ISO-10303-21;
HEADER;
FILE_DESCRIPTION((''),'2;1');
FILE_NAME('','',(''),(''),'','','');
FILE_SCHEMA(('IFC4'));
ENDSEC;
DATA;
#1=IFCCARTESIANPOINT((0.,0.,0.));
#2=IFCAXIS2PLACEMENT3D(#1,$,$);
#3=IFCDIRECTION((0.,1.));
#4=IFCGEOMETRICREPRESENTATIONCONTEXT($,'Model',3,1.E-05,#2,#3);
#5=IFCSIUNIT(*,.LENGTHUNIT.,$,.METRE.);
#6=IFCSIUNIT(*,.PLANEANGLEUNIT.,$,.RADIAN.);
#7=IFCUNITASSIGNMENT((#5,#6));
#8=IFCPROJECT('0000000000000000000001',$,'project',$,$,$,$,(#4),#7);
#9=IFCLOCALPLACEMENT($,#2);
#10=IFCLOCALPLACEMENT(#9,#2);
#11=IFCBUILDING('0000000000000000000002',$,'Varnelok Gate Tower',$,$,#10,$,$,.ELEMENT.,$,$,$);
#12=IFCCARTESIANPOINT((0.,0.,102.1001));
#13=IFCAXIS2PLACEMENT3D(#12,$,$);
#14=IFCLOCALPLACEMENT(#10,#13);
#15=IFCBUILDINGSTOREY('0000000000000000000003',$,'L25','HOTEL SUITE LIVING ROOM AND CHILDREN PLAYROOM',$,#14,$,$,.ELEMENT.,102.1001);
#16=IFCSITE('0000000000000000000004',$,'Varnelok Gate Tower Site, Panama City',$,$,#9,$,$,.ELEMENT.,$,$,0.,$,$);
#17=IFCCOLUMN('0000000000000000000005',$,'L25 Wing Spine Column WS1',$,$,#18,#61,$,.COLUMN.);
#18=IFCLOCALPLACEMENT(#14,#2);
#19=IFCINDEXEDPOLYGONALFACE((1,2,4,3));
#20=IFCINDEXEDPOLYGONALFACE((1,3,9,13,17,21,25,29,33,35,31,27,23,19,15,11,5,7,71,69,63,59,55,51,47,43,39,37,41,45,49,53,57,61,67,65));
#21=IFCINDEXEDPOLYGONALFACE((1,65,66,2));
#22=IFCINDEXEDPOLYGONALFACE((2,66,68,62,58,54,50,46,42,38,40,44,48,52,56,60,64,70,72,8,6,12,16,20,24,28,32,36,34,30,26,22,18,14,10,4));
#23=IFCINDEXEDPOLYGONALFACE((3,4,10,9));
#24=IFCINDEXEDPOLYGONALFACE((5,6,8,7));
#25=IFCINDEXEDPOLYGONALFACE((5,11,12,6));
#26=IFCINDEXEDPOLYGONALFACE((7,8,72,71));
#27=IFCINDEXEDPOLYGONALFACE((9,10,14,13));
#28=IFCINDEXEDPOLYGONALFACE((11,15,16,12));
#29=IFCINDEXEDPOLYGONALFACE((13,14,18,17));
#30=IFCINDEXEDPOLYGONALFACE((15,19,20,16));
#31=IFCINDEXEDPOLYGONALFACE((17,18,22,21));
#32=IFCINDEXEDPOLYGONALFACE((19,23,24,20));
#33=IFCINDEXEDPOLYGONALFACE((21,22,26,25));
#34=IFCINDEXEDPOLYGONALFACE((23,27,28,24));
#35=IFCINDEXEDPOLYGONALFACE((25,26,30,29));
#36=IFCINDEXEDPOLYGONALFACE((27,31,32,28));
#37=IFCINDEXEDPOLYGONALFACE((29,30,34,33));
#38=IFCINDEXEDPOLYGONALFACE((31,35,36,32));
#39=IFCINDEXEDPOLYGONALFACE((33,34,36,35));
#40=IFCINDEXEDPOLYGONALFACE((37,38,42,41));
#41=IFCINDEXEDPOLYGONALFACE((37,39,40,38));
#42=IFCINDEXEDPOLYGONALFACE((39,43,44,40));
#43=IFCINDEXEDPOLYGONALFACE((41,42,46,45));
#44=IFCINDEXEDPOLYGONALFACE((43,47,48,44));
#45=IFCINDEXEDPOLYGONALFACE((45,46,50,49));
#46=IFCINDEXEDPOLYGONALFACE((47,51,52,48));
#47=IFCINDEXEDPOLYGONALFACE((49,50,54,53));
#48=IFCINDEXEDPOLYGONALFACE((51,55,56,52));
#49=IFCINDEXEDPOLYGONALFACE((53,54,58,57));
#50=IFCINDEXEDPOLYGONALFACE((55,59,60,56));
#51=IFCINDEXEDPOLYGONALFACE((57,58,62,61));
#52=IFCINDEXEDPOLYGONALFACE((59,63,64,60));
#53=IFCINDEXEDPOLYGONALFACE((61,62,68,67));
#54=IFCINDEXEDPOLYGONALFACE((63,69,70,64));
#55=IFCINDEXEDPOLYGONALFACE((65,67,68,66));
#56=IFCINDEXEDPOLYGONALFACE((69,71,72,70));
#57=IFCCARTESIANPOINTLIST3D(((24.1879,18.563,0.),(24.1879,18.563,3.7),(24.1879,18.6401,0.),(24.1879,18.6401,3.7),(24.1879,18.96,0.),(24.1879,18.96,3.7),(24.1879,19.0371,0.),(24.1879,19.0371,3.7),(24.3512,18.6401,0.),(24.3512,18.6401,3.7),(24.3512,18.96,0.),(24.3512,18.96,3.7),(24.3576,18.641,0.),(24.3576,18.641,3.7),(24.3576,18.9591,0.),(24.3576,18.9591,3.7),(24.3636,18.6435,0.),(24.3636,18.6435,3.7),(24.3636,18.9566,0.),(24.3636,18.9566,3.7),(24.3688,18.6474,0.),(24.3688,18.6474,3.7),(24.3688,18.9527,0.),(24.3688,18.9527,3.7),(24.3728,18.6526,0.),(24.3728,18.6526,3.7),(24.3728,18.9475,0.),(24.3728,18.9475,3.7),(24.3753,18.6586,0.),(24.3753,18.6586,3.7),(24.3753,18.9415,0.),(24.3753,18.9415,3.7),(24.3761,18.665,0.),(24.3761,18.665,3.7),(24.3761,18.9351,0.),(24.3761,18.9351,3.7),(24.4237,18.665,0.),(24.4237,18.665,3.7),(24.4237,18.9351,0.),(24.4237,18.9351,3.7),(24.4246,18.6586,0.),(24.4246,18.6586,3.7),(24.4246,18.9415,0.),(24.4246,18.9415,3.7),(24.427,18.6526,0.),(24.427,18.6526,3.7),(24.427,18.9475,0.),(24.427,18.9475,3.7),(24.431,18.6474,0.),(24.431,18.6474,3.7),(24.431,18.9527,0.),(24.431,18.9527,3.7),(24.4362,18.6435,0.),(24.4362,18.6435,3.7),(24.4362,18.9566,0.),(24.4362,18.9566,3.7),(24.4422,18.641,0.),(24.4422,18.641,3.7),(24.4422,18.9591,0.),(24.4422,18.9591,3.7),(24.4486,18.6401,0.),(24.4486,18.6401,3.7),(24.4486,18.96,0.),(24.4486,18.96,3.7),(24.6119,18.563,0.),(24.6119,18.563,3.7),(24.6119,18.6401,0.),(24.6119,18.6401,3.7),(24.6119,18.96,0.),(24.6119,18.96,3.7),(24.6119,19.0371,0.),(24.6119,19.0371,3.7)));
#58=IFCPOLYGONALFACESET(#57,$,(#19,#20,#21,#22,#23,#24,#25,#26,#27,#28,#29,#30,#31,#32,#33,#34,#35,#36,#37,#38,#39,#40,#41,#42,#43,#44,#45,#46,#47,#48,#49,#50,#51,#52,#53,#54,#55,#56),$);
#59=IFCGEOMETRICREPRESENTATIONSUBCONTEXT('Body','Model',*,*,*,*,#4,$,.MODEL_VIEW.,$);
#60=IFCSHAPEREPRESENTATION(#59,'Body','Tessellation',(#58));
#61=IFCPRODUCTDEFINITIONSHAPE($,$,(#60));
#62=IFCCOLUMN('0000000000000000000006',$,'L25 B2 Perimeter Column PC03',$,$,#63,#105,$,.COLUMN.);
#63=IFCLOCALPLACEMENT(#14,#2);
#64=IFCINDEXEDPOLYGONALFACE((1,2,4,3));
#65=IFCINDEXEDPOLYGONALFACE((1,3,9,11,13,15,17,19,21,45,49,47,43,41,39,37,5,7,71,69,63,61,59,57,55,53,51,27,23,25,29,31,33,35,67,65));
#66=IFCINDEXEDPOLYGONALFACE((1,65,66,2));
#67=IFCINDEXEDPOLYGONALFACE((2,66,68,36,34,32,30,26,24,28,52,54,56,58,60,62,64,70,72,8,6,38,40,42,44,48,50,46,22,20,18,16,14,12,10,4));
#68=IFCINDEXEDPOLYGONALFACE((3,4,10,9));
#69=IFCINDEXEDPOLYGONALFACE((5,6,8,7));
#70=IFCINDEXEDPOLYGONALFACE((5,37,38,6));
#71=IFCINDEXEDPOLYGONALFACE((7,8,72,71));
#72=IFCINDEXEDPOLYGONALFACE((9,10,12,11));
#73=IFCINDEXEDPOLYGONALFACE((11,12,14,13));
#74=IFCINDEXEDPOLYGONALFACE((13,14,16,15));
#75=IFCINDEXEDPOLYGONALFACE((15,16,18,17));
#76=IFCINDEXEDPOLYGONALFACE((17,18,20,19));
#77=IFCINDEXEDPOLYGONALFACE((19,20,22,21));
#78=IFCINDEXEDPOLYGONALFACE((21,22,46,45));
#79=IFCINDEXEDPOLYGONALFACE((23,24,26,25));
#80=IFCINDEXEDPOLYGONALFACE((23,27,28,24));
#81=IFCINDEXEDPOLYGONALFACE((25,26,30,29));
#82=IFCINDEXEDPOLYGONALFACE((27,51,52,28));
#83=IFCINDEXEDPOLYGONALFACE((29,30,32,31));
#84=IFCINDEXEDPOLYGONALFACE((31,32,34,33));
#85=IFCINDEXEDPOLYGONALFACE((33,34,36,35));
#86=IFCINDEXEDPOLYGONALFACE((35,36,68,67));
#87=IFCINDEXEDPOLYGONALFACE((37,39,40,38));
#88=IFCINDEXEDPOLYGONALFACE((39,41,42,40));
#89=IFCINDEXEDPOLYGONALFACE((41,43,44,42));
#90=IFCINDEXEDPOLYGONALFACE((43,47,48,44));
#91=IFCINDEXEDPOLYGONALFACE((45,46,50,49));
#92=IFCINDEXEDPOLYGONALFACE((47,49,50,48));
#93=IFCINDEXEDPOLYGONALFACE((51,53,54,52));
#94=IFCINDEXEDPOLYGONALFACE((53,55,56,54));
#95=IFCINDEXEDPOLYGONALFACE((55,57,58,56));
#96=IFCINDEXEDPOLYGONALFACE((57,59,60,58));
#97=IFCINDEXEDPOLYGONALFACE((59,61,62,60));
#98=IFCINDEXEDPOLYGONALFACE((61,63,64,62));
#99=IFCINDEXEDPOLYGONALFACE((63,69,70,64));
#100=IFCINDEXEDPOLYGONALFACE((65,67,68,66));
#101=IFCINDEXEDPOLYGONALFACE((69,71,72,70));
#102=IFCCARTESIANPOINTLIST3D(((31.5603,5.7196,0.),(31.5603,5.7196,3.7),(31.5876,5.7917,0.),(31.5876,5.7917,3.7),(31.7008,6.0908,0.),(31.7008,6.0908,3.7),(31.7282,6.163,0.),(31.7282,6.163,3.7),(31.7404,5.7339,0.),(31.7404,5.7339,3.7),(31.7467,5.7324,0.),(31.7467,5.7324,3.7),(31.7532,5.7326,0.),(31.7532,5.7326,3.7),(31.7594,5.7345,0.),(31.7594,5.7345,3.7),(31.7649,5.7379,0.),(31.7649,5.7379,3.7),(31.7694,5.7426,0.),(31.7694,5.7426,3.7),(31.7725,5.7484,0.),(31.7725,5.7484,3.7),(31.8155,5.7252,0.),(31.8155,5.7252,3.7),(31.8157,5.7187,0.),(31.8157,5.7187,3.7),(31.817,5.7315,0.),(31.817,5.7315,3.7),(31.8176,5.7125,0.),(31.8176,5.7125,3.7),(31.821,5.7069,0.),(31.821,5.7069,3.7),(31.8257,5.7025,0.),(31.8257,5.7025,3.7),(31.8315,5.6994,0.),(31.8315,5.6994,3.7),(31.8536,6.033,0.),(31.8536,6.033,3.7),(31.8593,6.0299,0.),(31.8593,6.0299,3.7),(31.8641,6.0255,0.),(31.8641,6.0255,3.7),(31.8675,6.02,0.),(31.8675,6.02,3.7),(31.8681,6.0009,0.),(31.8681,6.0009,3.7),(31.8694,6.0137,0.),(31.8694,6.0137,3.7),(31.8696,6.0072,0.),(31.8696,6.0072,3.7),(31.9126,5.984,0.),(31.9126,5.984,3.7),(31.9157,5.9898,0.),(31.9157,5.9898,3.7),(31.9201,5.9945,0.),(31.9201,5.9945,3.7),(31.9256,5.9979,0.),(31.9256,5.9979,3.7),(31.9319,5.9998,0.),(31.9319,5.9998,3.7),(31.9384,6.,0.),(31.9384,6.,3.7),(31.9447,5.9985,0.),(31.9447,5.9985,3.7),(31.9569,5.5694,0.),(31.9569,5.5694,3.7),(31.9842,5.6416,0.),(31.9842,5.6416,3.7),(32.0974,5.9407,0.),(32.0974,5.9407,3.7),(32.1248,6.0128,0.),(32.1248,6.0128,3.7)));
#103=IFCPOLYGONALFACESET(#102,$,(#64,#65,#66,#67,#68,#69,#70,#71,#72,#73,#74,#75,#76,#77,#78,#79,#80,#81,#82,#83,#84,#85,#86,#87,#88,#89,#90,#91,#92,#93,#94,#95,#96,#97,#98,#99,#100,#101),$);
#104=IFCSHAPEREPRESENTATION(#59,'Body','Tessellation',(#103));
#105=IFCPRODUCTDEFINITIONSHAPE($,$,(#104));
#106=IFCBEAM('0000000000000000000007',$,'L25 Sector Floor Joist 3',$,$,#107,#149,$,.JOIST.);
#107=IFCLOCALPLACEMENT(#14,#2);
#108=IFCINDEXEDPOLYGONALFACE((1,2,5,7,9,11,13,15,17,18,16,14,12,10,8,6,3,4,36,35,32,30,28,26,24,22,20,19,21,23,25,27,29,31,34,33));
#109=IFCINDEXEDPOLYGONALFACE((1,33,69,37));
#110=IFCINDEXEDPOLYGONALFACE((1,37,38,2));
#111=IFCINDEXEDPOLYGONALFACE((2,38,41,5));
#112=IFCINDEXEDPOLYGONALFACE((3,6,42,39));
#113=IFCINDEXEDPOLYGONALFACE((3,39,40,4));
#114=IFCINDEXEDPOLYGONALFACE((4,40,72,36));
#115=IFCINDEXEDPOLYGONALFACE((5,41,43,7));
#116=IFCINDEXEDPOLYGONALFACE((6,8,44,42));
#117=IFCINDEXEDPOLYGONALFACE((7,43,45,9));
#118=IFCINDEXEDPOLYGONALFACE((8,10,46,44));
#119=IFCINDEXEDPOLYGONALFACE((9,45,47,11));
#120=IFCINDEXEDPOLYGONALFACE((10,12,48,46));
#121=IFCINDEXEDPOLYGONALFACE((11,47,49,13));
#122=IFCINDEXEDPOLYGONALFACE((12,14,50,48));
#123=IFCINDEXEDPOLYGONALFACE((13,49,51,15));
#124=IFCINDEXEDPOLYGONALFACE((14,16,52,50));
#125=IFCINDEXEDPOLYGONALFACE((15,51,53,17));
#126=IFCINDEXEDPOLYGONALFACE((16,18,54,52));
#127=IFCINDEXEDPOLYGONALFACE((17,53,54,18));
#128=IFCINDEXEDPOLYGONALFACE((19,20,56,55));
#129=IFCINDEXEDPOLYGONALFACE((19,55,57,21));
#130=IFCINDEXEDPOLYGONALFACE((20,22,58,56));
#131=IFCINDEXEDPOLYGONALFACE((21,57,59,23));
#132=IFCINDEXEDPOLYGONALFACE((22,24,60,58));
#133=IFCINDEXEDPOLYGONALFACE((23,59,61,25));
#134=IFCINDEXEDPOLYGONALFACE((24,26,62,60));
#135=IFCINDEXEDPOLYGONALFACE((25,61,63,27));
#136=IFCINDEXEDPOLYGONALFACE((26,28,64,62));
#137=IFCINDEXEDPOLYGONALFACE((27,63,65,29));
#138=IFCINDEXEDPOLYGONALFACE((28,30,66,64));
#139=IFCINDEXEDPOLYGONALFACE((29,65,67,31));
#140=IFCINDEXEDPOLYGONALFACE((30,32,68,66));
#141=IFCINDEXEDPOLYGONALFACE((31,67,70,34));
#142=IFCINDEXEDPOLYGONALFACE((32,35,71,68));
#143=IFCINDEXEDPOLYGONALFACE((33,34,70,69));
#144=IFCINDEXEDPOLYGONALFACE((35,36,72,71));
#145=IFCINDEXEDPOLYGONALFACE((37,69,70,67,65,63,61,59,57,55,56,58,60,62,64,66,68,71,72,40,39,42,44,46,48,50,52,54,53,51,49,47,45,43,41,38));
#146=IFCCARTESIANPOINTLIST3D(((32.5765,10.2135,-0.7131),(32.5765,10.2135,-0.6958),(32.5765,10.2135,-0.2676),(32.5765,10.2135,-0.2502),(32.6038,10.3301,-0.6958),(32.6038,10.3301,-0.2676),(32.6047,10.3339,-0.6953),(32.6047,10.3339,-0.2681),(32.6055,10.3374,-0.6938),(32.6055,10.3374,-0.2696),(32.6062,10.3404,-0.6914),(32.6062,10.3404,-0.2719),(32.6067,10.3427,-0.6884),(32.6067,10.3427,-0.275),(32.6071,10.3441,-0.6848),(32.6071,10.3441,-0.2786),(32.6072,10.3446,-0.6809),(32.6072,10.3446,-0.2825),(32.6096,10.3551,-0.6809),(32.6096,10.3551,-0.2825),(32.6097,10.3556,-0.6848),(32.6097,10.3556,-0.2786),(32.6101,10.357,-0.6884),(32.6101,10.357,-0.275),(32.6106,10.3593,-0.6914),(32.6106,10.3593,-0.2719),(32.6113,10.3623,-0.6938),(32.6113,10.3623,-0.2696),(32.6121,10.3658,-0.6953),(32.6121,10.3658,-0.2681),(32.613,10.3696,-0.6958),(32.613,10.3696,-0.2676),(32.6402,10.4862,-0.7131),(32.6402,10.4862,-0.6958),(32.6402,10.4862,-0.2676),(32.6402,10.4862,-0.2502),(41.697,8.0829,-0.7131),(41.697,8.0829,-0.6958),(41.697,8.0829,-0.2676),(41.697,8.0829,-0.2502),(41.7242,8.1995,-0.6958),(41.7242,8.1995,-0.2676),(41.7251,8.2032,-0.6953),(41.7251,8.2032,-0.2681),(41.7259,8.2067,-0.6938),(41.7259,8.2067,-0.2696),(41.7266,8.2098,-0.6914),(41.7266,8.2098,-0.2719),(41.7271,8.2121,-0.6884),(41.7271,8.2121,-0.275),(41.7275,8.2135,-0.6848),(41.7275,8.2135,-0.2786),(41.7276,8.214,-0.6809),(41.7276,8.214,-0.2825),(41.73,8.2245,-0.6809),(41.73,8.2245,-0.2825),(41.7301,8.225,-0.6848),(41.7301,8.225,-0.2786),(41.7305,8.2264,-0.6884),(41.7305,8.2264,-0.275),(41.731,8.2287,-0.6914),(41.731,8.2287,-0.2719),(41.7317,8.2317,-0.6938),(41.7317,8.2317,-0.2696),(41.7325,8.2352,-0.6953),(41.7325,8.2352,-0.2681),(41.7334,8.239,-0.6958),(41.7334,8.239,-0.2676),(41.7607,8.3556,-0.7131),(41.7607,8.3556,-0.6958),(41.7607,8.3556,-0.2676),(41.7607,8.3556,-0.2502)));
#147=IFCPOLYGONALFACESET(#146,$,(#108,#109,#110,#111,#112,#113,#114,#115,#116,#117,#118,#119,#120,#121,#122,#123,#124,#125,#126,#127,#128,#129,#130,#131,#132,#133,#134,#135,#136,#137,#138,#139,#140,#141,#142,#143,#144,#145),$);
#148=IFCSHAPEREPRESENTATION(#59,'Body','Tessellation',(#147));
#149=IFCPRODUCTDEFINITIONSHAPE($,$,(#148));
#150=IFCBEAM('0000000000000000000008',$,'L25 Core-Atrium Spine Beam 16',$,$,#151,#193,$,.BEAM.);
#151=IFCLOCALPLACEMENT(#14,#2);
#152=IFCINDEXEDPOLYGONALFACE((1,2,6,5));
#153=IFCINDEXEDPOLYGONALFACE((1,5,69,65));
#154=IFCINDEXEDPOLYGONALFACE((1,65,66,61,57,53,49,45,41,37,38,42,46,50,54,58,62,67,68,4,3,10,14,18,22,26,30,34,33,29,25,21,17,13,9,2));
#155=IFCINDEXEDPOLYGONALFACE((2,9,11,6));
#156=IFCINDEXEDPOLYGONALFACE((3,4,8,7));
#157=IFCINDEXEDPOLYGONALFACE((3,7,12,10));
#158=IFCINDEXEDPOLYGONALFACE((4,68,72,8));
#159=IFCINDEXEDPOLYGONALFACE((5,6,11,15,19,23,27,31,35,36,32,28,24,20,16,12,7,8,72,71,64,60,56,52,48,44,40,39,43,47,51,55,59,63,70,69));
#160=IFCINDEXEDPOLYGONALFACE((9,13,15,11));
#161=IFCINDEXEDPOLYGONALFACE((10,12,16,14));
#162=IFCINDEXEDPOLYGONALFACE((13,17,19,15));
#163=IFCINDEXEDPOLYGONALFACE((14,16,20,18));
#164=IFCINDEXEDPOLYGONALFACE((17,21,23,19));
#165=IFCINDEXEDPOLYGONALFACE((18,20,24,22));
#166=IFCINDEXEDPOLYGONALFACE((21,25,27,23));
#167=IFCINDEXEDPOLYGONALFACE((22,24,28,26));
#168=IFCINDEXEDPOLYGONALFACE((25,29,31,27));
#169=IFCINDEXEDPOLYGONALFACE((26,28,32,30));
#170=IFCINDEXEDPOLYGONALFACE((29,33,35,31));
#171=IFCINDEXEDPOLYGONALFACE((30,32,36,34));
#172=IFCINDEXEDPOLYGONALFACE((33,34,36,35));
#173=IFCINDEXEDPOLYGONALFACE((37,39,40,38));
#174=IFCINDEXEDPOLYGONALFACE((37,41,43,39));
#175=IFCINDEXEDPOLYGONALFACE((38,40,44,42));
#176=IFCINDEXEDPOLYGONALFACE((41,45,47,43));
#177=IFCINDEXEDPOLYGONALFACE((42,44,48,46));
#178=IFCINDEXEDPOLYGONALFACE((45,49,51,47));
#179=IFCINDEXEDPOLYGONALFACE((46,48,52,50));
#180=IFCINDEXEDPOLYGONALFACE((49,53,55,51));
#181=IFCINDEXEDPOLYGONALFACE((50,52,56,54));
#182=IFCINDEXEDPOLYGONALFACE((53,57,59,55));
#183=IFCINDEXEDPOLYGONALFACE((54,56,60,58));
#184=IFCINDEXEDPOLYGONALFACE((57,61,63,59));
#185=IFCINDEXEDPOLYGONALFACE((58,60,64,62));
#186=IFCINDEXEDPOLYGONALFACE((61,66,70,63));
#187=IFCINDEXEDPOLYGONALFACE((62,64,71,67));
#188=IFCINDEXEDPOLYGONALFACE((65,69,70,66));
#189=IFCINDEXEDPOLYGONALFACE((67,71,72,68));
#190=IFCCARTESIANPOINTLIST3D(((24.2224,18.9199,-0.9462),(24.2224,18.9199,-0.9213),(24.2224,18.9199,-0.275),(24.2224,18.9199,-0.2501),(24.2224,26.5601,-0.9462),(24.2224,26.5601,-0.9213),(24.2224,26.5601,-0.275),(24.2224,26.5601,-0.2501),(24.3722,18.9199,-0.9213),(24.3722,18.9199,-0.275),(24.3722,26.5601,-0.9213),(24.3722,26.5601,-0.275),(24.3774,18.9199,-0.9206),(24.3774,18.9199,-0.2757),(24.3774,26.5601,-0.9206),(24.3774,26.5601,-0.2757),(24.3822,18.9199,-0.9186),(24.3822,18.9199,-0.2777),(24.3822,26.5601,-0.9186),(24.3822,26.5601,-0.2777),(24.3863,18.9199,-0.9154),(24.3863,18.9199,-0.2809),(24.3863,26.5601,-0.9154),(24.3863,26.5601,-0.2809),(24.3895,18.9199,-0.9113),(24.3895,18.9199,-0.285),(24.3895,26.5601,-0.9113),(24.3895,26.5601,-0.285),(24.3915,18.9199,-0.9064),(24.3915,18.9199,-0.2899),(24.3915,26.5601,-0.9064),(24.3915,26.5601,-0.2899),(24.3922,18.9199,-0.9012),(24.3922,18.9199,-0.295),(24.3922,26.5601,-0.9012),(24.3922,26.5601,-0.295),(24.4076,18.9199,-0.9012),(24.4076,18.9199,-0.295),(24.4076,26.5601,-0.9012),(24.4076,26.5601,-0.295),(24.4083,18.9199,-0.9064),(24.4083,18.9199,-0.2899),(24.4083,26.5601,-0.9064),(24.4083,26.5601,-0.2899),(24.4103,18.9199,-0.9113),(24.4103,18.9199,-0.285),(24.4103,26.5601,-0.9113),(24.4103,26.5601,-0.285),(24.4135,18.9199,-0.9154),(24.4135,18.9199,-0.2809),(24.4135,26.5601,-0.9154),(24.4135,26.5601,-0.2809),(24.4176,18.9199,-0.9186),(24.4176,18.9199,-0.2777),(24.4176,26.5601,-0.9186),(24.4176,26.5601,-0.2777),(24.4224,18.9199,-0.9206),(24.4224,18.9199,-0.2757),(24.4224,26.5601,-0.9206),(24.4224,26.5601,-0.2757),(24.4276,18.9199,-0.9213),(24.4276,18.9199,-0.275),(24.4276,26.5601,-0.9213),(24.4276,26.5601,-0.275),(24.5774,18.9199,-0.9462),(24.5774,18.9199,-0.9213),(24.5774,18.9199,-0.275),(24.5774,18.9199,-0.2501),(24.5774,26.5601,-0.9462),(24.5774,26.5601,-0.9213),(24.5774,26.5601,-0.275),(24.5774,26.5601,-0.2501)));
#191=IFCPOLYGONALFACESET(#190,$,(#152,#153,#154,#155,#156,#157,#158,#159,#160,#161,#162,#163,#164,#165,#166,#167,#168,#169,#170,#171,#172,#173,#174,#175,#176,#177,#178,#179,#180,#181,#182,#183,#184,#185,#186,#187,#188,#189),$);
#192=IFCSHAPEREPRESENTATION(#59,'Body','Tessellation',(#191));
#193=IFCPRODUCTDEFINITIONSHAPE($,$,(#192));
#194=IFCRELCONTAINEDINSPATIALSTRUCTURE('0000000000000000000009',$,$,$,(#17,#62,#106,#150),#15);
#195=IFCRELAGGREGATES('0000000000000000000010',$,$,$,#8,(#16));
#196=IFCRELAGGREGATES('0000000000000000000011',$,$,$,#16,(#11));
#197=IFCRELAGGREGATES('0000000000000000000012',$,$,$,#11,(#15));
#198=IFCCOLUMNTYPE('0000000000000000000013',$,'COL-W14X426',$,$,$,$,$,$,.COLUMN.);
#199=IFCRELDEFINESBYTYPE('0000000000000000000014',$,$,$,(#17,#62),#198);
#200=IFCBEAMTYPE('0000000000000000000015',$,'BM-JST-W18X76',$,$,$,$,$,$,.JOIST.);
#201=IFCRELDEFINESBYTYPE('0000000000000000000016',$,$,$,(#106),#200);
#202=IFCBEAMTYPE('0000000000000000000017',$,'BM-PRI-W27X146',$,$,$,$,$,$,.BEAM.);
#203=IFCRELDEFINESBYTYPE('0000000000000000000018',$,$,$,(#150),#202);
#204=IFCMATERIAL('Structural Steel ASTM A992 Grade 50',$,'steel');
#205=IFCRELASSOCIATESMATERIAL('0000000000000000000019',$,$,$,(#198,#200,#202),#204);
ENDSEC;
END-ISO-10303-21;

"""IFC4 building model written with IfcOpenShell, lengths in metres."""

from ifc_helpers import new_model, si_unit, direction, frame, origin, origin_2d, place, context, subcontext, project, spatial, i_section, extrude, material, material_profile, profile_set, type_object, element, save


model = new_model("IFC4")

# Units and contexts
model_context = context("Model", 3, precision=1e-05, world=origin(), true_north=direction((0.0, 1.0)))
body_context = subcontext(model_context, "Body", "Model", "MODEL_VIEW")
ifc_project = project(units=[si_unit("LENGTHUNIT", "METRE"), si_unit("PLANEANGLEUNIT", "RADIAN")], contexts=[model_context])

# Site, building, storey
site_placement = place(None, origin())
site = spatial("IfcSite", under=ifc_project, at=site_placement, Name="Varnelok Gate Tower Site, Panama City", CompositionType="ELEMENT", RefElevation=0.0)
building_placement = place(site_placement, origin())
building = spatial("IfcBuilding", under=site, at=building_placement, Name="Varnelok Gate Tower", CompositionType="ELEMENT")
storey_placement = place(building_placement, frame((0.0, 0.0, 102.1001)))
storey = spatial("IfcBuildingStorey", under=building, at=storey_placement, Name="L25", Description="HOTEL SUITE LIVING ROOM AND CHILDREN PLAYROOM", CompositionType="ELEMENT", Elevation=102.1001)

# Columns
ifc_material_1 = material(Name="Structural Steel ASTM A992 Grade 50", Category="steel")
ifc_material_profile_1 = material_profile(ifc_material_1, i_section(OverallWidth=0.4241, OverallDepth=0.4741, WebThickness=0.0476, FlangeThickness=0.0771, FilletRadius=0.0249, at=origin_2d()), Name="W14X426")
ifc_profile_set_1 = profile_set([ifc_material_profile_1], Name="Structural Steel ASTM A992 Grade 50")
column_type = type_object("IfcColumnType", Name="COL-W14X426", PredefinedType="COLUMN", material=ifc_profile_set_1)
for number, where, z_axis, x_axis, name in (
    (1, (24.3999, 18.8, 0.0), (0.0, 0.0, 1.0), (1.0, 0.0, 0.0), "L25 Wing Spine Column WS1"),
    (2, (31.8425, 5.8662, 0.0), (0.0, 0.0, 1.0), (0.935222, -0.354063, 0.0), "L25 B2 Perimeter Column PC03"),
):
    element("IfcColumn", number, at=place(storey_placement, frame(where, z_axis=z_axis, x_axis=x_axis)), inside=storey, type_object=column_type, Name=name, PredefinedType="COLUMN", context=body_context, shape_type="SweptSolid", body=[
        extrude(i_section(OverallWidth=0.4241, OverallDepth=0.4741, WebThickness=0.0476, FlangeThickness=0.0771, FilletRadius=0.0249, at=origin_2d()), origin(), (0.0, 0.0, 1.0), 3.7),
    ])

# Beams
ifc_material_profile_2 = material_profile(ifc_material_1, i_section(OverallWidth=0.28, OverallDepth=0.4629, WebThickness=0.0107, FlangeThickness=0.0173, FilletRadius=0.0149, at=origin_2d()), Name="W18X76")
ifc_profile_set_2 = profile_set([ifc_material_profile_2], Name="Structural Steel ASTM A992 Grade 50")
beam_type_1 = type_object("IfcBeamType", Name="BM-JST-W18X76", PredefinedType="JOIST", material=ifc_profile_set_2)
beam_1_placement = place(storey_placement, frame((32.6084, 10.3499, -0.4817), z_axis=(0.973781, -0.227486, 0.0), x_axis=(0.227486, 0.973781, 0.0)))
element("IfcBeam", 3, at=beam_1_placement, inside=storey, type_object=beam_type_1, Name="L25 Sector Floor Joist 3", PredefinedType="JOIST", context=body_context, shape_type="SweptSolid", body=[
    extrude(i_section(OverallWidth=0.28, OverallDepth=0.4629, WebThickness=0.0107, FlangeThickness=0.0173, FilletRadius=0.0149, at=origin_2d()), origin(), (0.0, 0.0, 1.0), 9.366),
])
ifc_material_profile_3 = material_profile(ifc_material_1, i_section(OverallWidth=0.355, OverallDepth=0.696, WebThickness=0.0154, FlangeThickness=0.0249, FilletRadius=0.02, at=origin_2d()), Name="W27X146")
ifc_profile_set_3 = profile_set([ifc_material_profile_3], Name="Structural Steel ASTM A992 Grade 50")
beam_type_2 = type_object("IfcBeamType", Name="BM-PRI-W27X146", PredefinedType="BEAM", material=ifc_profile_set_3)
beam_2_placement = place(storey_placement, frame((24.3999, 18.9199, -0.5981), z_axis=(0.0, 1.0, 0.0), x_axis=(-1.0, 0.0, 0.0)))
element("IfcBeam", 4, at=beam_2_placement, inside=storey, type_object=beam_type_2, Name="L25 Core-Atrium Spine Beam 16", PredefinedType="BEAM", context=body_context, shape_type="SweptSolid", body=[
    extrude(i_section(OverallWidth=0.355, OverallDepth=0.696, WebThickness=0.0154, FlangeThickness=0.0249, FilletRadius=0.02, at=origin_2d()), origin(), (0.0, 0.0, 1.0), 7.6401),
])

save(model, "model.ifc")
